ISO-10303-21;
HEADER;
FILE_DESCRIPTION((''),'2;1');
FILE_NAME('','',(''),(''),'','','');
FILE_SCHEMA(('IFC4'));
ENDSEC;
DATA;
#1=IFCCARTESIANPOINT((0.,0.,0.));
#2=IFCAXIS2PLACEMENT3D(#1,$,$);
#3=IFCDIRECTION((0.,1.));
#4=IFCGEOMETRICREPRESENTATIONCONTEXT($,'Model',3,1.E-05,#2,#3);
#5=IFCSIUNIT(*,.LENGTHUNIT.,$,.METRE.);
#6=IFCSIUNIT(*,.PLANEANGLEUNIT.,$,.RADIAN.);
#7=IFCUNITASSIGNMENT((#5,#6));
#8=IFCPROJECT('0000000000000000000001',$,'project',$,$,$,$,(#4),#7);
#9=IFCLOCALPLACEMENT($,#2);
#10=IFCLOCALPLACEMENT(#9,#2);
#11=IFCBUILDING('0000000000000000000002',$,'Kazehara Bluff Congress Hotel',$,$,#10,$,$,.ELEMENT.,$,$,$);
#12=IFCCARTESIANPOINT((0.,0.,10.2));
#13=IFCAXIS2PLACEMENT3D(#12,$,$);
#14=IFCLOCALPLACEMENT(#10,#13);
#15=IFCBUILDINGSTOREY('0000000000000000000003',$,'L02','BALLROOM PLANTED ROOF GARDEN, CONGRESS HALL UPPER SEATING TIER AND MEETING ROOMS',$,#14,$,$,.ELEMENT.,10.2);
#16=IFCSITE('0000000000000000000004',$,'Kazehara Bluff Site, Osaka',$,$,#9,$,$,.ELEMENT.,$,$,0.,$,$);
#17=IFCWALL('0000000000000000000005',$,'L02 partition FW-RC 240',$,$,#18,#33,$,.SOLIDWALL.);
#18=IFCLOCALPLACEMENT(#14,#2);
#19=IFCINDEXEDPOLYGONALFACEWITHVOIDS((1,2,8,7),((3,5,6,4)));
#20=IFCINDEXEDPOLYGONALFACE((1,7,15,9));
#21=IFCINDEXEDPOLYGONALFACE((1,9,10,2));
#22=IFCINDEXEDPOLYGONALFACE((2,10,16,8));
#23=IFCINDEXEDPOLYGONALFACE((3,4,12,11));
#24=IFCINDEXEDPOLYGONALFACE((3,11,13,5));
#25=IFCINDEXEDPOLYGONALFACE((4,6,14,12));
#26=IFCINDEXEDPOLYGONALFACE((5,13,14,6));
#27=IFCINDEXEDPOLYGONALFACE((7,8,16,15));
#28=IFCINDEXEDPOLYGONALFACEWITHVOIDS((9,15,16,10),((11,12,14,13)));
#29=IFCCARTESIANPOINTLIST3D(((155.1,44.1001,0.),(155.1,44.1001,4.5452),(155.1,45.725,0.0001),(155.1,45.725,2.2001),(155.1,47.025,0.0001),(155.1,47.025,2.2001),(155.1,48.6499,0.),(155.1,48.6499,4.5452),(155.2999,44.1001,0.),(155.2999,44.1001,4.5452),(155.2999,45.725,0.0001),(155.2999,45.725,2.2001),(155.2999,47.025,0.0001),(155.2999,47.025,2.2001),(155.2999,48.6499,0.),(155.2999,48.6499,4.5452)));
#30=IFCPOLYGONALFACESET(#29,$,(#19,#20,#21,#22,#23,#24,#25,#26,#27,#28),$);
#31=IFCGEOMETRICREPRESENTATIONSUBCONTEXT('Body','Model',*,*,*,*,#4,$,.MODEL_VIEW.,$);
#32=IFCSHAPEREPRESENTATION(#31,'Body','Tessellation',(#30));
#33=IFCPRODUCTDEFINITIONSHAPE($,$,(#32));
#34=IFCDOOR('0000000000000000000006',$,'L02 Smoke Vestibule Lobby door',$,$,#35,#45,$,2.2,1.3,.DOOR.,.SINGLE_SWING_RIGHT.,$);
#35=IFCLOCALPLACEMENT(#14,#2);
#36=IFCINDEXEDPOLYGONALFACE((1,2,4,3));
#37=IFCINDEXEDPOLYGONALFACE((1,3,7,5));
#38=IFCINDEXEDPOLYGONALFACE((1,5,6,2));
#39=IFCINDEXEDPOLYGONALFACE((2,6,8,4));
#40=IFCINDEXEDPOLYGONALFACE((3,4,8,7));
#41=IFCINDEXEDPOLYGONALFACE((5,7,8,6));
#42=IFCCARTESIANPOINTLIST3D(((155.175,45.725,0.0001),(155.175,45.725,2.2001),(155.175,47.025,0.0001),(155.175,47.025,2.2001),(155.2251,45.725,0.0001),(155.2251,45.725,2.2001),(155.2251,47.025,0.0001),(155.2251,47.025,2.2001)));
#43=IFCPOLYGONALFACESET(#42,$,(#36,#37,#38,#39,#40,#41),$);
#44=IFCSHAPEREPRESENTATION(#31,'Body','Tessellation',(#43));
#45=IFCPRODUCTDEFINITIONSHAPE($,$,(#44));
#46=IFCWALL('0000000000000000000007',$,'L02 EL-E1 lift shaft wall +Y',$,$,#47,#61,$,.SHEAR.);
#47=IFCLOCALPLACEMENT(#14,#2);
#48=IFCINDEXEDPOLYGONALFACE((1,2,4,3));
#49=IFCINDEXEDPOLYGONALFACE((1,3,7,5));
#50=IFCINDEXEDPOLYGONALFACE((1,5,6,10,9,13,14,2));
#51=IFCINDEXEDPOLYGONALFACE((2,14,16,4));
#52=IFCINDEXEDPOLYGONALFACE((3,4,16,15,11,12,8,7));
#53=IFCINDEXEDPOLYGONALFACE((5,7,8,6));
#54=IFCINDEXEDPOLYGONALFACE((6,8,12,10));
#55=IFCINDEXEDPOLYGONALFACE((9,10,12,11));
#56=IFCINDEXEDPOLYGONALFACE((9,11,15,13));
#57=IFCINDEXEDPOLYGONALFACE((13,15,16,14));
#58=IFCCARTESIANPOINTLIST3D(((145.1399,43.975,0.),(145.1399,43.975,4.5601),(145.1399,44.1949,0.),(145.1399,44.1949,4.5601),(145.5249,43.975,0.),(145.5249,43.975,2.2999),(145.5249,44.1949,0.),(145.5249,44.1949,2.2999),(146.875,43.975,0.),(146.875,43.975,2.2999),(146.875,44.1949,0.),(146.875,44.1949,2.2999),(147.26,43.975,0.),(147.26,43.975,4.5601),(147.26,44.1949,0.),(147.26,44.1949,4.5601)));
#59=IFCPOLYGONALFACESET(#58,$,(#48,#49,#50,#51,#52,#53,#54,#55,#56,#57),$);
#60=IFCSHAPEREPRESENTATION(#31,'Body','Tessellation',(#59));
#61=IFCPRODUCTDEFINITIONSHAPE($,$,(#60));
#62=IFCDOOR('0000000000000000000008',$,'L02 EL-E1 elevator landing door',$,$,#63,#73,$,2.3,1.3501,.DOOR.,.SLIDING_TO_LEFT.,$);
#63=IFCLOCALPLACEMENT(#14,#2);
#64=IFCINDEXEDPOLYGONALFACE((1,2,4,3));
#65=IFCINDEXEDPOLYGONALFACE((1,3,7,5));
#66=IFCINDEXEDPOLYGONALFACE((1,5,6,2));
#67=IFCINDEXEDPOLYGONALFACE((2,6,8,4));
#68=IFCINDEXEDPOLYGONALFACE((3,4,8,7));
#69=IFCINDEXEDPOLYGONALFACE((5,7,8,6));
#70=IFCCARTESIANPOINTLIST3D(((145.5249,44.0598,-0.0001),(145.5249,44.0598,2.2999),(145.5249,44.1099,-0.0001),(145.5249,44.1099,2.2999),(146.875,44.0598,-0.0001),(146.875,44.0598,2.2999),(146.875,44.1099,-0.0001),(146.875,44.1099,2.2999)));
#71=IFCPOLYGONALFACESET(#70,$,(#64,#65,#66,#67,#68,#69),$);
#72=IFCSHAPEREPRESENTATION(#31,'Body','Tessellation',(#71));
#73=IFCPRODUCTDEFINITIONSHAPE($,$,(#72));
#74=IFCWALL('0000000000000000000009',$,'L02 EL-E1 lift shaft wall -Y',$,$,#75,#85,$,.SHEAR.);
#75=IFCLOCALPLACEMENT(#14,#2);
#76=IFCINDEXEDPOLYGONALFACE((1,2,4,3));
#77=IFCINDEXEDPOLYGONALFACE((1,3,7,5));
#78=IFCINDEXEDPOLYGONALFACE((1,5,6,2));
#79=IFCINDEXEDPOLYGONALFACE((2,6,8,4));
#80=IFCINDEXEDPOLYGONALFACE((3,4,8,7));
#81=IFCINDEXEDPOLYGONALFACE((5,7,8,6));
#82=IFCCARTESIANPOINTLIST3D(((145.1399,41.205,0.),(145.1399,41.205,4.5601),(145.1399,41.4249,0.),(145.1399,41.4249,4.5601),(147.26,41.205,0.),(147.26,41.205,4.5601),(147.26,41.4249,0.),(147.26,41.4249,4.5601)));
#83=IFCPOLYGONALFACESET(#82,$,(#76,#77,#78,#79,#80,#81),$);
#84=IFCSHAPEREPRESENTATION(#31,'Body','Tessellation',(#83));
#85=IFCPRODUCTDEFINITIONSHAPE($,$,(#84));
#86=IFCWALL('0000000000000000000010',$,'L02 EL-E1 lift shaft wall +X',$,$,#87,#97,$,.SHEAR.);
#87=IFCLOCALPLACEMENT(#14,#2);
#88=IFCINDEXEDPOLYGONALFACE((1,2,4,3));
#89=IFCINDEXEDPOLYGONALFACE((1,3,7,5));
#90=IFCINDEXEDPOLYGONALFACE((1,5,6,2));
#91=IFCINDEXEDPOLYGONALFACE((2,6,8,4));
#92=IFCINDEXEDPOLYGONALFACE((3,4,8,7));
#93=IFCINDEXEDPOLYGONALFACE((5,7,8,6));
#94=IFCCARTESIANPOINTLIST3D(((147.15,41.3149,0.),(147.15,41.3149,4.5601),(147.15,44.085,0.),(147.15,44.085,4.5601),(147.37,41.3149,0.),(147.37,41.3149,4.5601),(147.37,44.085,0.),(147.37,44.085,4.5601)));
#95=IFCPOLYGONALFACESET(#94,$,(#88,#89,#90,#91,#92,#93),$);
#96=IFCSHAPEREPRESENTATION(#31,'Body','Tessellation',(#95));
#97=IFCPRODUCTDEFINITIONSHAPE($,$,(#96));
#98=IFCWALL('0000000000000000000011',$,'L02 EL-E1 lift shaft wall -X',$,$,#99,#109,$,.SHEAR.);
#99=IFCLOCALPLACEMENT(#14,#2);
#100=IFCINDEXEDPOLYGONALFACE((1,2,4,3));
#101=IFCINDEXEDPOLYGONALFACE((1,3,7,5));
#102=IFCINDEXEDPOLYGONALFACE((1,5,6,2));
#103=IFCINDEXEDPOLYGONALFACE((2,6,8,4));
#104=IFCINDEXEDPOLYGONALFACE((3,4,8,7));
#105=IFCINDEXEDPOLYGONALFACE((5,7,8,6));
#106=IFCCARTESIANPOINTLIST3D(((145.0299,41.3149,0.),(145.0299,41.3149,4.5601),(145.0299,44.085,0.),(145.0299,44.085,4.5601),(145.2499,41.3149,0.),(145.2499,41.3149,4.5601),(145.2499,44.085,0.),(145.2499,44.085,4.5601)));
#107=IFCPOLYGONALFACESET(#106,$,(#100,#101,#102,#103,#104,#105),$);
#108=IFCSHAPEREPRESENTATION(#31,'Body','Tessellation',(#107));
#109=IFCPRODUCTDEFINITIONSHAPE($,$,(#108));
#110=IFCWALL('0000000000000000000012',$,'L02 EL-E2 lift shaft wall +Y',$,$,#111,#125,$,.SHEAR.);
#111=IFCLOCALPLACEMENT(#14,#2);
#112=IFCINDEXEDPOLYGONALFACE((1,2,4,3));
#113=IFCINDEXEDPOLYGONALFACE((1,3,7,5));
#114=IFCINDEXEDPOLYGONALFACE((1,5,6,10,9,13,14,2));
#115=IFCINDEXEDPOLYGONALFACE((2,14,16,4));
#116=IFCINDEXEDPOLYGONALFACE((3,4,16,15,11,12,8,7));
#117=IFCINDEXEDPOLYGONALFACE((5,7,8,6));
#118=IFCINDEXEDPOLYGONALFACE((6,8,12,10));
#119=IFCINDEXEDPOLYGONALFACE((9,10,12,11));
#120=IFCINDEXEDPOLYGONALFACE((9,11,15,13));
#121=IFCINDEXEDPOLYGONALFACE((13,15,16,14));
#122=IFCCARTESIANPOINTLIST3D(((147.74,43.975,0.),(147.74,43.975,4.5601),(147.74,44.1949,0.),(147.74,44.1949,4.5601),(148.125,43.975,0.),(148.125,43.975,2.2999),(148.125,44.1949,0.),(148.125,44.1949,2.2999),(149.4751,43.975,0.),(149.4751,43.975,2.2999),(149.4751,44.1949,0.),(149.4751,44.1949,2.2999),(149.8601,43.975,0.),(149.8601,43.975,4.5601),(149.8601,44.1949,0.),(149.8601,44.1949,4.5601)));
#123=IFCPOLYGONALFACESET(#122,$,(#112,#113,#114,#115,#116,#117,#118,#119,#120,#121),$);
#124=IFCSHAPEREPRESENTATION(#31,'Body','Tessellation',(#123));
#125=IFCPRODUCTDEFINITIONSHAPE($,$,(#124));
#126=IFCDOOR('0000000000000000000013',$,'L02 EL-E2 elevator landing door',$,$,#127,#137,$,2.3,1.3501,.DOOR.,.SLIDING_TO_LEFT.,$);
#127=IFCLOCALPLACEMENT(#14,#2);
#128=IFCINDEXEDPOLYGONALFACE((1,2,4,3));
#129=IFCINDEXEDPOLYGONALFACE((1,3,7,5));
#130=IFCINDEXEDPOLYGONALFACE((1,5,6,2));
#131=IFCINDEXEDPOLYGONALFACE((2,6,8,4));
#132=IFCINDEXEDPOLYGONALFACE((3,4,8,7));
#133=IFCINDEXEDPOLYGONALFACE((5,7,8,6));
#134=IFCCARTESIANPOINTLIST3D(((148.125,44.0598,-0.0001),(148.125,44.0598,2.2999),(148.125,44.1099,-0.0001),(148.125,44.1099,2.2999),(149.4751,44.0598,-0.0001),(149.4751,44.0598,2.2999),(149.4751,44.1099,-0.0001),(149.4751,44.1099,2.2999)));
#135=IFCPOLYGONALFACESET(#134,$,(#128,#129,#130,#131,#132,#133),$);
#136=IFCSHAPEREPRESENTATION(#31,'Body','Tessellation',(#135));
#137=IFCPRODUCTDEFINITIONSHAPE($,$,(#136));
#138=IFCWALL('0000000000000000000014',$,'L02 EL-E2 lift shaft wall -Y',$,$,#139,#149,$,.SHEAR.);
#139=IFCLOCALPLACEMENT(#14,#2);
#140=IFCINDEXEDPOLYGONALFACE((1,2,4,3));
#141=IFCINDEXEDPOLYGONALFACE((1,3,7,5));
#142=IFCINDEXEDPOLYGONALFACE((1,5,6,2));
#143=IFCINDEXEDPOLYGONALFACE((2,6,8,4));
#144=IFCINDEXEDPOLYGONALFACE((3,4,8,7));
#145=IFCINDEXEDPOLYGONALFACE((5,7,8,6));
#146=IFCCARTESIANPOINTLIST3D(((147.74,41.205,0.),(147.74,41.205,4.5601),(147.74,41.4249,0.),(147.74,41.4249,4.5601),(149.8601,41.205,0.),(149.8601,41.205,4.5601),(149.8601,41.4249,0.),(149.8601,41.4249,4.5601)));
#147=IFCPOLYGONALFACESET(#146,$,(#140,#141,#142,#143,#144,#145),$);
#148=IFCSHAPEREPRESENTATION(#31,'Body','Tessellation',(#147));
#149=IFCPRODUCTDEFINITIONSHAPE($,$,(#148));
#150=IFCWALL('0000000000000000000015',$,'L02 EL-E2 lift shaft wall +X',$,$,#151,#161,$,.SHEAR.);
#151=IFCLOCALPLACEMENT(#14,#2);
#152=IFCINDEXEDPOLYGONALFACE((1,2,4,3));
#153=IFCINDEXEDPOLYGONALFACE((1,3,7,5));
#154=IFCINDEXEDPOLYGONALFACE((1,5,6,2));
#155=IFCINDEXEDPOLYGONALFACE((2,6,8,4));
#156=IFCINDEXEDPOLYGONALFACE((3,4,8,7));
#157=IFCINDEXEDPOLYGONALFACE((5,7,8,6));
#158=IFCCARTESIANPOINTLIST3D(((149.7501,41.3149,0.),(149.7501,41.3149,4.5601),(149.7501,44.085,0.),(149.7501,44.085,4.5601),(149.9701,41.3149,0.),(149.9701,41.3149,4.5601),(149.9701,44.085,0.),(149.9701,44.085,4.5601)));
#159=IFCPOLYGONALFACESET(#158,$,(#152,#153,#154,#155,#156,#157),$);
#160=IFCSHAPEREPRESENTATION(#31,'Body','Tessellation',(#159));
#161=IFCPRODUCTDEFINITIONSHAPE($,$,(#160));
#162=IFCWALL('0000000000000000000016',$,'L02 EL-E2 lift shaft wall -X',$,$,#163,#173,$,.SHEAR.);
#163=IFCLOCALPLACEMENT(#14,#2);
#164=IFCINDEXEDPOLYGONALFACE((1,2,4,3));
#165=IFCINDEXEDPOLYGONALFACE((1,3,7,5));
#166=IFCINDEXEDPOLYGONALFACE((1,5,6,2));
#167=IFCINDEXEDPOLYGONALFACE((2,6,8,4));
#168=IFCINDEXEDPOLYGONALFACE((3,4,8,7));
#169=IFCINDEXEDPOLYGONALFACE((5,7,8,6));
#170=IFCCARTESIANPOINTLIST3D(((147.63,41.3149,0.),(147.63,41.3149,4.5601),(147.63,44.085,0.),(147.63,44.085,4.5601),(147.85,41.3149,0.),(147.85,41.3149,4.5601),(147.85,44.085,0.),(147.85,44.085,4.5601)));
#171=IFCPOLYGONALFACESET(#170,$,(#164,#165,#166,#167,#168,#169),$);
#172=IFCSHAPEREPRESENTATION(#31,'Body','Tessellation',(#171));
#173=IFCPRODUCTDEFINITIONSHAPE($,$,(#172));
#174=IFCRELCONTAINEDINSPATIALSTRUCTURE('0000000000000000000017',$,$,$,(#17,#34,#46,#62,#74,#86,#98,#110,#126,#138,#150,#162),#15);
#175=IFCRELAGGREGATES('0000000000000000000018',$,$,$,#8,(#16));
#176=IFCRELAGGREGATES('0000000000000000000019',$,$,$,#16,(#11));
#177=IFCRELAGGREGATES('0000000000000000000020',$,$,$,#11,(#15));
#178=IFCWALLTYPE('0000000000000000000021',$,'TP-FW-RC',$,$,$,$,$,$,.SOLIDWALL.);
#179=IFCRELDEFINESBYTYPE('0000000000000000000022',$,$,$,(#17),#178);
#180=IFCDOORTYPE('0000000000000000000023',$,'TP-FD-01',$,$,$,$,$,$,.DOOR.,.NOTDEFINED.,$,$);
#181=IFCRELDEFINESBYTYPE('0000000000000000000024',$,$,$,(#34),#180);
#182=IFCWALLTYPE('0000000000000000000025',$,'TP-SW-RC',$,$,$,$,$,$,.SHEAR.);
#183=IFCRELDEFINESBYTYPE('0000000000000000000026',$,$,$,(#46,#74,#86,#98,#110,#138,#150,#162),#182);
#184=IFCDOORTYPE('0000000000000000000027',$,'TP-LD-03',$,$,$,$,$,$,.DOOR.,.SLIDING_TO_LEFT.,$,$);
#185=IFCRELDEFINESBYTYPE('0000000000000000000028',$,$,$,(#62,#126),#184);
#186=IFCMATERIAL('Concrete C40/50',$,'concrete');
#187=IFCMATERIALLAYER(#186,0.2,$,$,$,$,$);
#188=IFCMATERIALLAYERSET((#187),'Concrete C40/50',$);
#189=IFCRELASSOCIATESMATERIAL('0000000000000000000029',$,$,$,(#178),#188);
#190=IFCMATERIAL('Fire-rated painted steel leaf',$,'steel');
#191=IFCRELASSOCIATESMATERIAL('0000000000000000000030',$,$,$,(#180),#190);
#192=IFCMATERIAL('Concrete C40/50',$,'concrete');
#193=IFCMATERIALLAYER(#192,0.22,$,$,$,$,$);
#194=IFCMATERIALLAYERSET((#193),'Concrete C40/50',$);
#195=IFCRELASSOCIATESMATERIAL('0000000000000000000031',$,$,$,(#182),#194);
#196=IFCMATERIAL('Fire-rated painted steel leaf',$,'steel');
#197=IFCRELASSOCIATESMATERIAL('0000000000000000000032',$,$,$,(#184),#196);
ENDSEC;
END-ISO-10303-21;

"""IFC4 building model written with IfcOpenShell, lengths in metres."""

from ifc_helpers import new_model, si_unit, direction, frame, frame_2d, origin, place, context, subcontext, project, spatial, rectangle, extrude, material, layer, layer_set, type_object, element, fill, save


model = new_model("IFC4")

# Units and contexts
model_context = context("Model", 3, precision=1e-05, world=origin(), true_north=direction((0.0, 1.0)))
body_context = subcontext(model_context, "Body", "Model", "MODEL_VIEW")
ifc_project = project(units=[si_unit("LENGTHUNIT", "METRE"), si_unit("PLANEANGLEUNIT", "RADIAN")], contexts=[model_context])

# Site, building, storey
site_placement = place(None, origin())
site = spatial("IfcSite", under=ifc_project, at=site_placement, Name="Kazehara Bluff Site, Osaka", CompositionType="ELEMENT", RefElevation=0.0)
building_placement = place(site_placement, origin())
building = spatial("IfcBuilding", under=site, at=building_placement, Name="Kazehara Bluff Congress Hotel", CompositionType="ELEMENT")
storey_placement = place(building_placement, frame((0.0, 0.0, 10.2)))
storey = spatial("IfcBuildingStorey", under=building, at=storey_placement, Name="L02", Description="BALLROOM PLANTED ROOF GARDEN, CONGRESS HALL UPPER SEATING TIER AND MEETING ROOMS", CompositionType="ELEMENT", Elevation=10.2)

# Shared definitions
ifc_material_1 = material(Name="Concrete C40/50", Category="concrete")
ifc_layer_1 = layer(ifc_material_1, 0.2)
ifc_layer_set_1 = layer_set([ifc_layer_1], Name="Concrete C40/50")
wall_type_1 = type_object("IfcWallType", Name="TP-FW-RC", PredefinedType="SOLIDWALL", material=ifc_layer_set_1)

# Walls, openings, doors
ifc_material_2 = material(Name="Fire-rated painted steel leaf", Category="steel")
door_type_1 = type_object("IfcDoorType", Name="TP-FD-01", OperationType="NOTDEFINED", PredefinedType="DOOR", material=ifc_material_2)
wall_1_placement = place(storey_placement, frame((155.2, 44.1001, 0.0), z_axis=(0.0, 0.0, 1.0), x_axis=(0.0, 1.0, 0.0)))
wall_1 = element("IfcWall", 1, at=wall_1_placement, inside=storey, type_object=wall_type_1, Name="L02 partition FW-RC 240", PredefinedType="SOLIDWALL", context=body_context, shape_type="SweptSolid", body=[
    extrude(rectangle(XDim=4.5498, YDim=0.2, at=frame_2d((2.2749, 0.0))), origin(), (0.0, 0.0, 1.0), 4.5452),
])
opening_1_placement = place(wall_1_placement, frame((1.625, 0.0, 0.0)))
opening_1 = element("IfcOpeningElement", 2, at=opening_1_placement, cuts=wall_1, PredefinedType="OPENING", context=body_context, shape_type="SweptSolid", body=[
    extrude(rectangle(XDim=1.3, YDim=2.2, at=frame_2d((0.6499, 1.1001))), frame((0.0, 0.1099, 0.0), z_axis=(0.0, -1.0, 0.0), x_axis=(1.0, 0.0, 0.0)), (0.0, 0.0, 1.0), 0.22),
])
door_1_placement = place(opening_1_placement, origin())
door_1 = element("IfcDoor", 3, at=door_1_placement, inside=storey, type_object=door_type_1, Name="L02 Smoke Vestibule Lobby door", OperationType="SINGLE_SWING_RIGHT", OverallHeight=2.2, OverallWidth=1.3, PredefinedType="DOOR", context=body_context, shape_type="SweptSolid", body=[
    extrude(rectangle(XDim=1.3, YDim=2.2, at=frame_2d((0.6499, 1.1001))), frame((0.0, 0.0249, 0.0), z_axis=(0.0, -1.0, 0.0), x_axis=(1.0, 0.0, 0.0)), (0.0, 0.0, 1.0), 0.05),
])
fill(opening_1, door_1)
ifc_material_3 = material(Name="Concrete C40/50", Category="concrete")
ifc_layer_2 = layer(ifc_material_3, 0.22)
ifc_layer_set_2 = layer_set([ifc_layer_2], Name="Concrete C40/50")
wall_type_2 = type_object("IfcWallType", Name="TP-SW-RC", PredefinedType="SHEAR", material=ifc_layer_set_2)
wall_2_placement = place(storey_placement, frame((145.1399, 44.085, 0.0), z_axis=(0.0, 0.0, 1.0), x_axis=(1.0, 0.0, 0.0)))
wall_2 = element("IfcWall", 4, at=wall_2_placement, inside=storey, type_object=wall_type_2, Name="L02 EL-E1 lift shaft wall +Y", PredefinedType="SHEAR", context=body_context, shape_type="SweptSolid", body=[
    extrude(rectangle(XDim=2.1201, YDim=0.22, at=frame_2d((1.0601, 0.0))), origin(), (0.0, 0.0, 1.0), 4.5601),
])
opening_2_placement = place(wall_2_placement, frame((0.385, 0.0, 0.0)))
opening_2 = element("IfcOpeningElement", 5, at=opening_2_placement, cuts=wall_2, PredefinedType="OPENING", context=body_context, shape_type="SweptSolid", body=[
    extrude(rectangle(XDim=1.3501, YDim=2.3, at=frame_2d((0.675, 1.1499))), frame((0.0, 0.1199, 0.0), z_axis=(0.0, -1.0, 0.0), x_axis=(1.0, 0.0, 0.0)), (0.0, 0.0, 1.0), 0.24),
])
ifc_material_4 = material(Name="Fire-rated painted steel leaf", Category="steel")
door_type_2 = type_object("IfcDoorType", Name="TP-LD-03", OperationType="SLIDING_TO_LEFT", PredefinedType="DOOR", material=ifc_material_4)
door_2_placement = place(opening_2_placement, origin())
door_2 = element("IfcDoor", 6, at=door_2_placement, inside=storey, type_object=door_type_2, Name="L02 EL-E1 elevator landing door", OperationType="SLIDING_TO_LEFT", OverallHeight=2.3, OverallWidth=1.3501, PredefinedType="DOOR", context=body_context, shape_type="SweptSolid", body=[
    extrude(rectangle(XDim=1.3501, YDim=2.3, at=frame_2d((0.675, 1.1499))), frame((0.0, 0.0249, 0.0), z_axis=(0.0, -1.0, 0.0), x_axis=(1.0, 0.0, 0.0)), (0.0, 0.0, 1.0), 0.05),
])
fill(opening_2, door_2)

# Walls
wall_3_placement = place(storey_placement, frame((145.1399, 41.3149, 0.0), z_axis=(0.0, 0.0, 1.0), x_axis=(1.0, 0.0, 0.0)))
element("IfcWall", 7, at=wall_3_placement, inside=storey, type_object=wall_type_2, Name="L02 EL-E1 lift shaft wall -Y", PredefinedType="SHEAR", context=body_context, shape_type="SweptSolid", body=[
    extrude(rectangle(XDim=2.1201, YDim=0.22, at=frame_2d((1.0601, 0.0))), origin(), (0.0, 0.0, 1.0), 4.5601),
])
for number, where, z_axis, x_axis, name in (
    (8, (147.26, 41.3149, 0.0), (0.0, 0.0, 1.0), (0.0, 1.0, 0.0), "L02 EL-E1 lift shaft wall +X"),
    (9, (145.1399, 41.3149, 0.0), (0.0, 0.0, 1.0), (0.0, 1.0, 0.0), "L02 EL-E1 lift shaft wall -X"),
):
    element("IfcWall", number, at=place(storey_placement, frame(where, z_axis=z_axis, x_axis=x_axis)), inside=storey, type_object=wall_type_2, Name=name, PredefinedType="SHEAR", context=body_context, shape_type="SweptSolid", body=[
        extrude(rectangle(XDim=2.77, YDim=0.22, at=frame_2d((1.385, 0.0))), origin(), (0.0, 0.0, 1.0), 4.5601),
    ])

# Wall, opening, door
wall_4_placement = place(storey_placement, frame((147.74, 44.085, 0.0), z_axis=(0.0, 0.0, 1.0), x_axis=(1.0, 0.0, 0.0)))
wall_4 = element("IfcWall", 10, at=wall_4_placement, inside=storey, type_object=wall_type_2, Name="L02 EL-E2 lift shaft wall +Y", PredefinedType="SHEAR", context=body_context, shape_type="SweptSolid", body=[
    extrude(rectangle(XDim=2.1201, YDim=0.22, at=frame_2d((1.0601, 0.0))), origin(), (0.0, 0.0, 1.0), 4.5601),
])
opening_3_placement = place(wall_4_placement, frame((0.385, 0.0, 0.0)))
opening_3 = element("IfcOpeningElement", 11, at=opening_3_placement, cuts=wall_4, PredefinedType="OPENING", context=body_context, shape_type="SweptSolid", body=[
    extrude(rectangle(XDim=1.3501, YDim=2.3, at=frame_2d((0.675, 1.1499))), frame((0.0, 0.1199, 0.0), z_axis=(0.0, -1.0, 0.0), x_axis=(1.0, 0.0, 0.0)), (0.0, 0.0, 1.0), 0.24),
])
door_3_placement = place(opening_3_placement, origin())
door_3 = element("IfcDoor", 12, at=door_3_placement, inside=storey, type_object=door_type_2, Name="L02 EL-E2 elevator landing door", OperationType="SLIDING_TO_LEFT", OverallHeight=2.3, OverallWidth=1.3501, PredefinedType="DOOR", context=body_context, shape_type="SweptSolid", body=[
    extrude(rectangle(XDim=1.3501, YDim=2.3, at=frame_2d((0.675, 1.1499))), frame((0.0, 0.0249, 0.0), z_axis=(0.0, -1.0, 0.0), x_axis=(1.0, 0.0, 0.0)), (0.0, 0.0, 1.0), 0.05),
])
fill(opening_3, door_3)

# Walls
wall_5_placement = place(storey_placement, frame((147.74, 41.3149, 0.0), z_axis=(0.0, 0.0, 1.0), x_axis=(1.0, 0.0, 0.0)))
element("IfcWall", 13, at=wall_5_placement, inside=storey, type_object=wall_type_2, Name="L02 EL-E2 lift shaft wall -Y", PredefinedType="SHEAR", context=body_context, shape_type="SweptSolid", body=[
    extrude(rectangle(XDim=2.1201, YDim=0.22, at=frame_2d((1.0601, 0.0))), origin(), (0.0, 0.0, 1.0), 4.5601),
])
for number, where, z_axis, x_axis, name in (
    (14, (149.8601, 41.3149, 0.0), (0.0, 0.0, 1.0), (0.0, 1.0, 0.0), "L02 EL-E2 lift shaft wall +X"),
    (15, (147.74, 41.3149, 0.0), (0.0, 0.0, 1.0), (0.0, 1.0, 0.0), "L02 EL-E2 lift shaft wall -X"),
):
    element("IfcWall", number, at=place(storey_placement, frame(where, z_axis=z_axis, x_axis=x_axis)), inside=storey, type_object=wall_type_2, Name=name, PredefinedType="SHEAR", context=body_context, shape_type="SweptSolid", body=[
        extrude(rectangle(XDim=2.77, YDim=0.22, at=frame_2d((1.385, 0.0))), origin(), (0.0, 0.0, 1.0), 4.5601),
    ])

save(model, "model.ifc")
